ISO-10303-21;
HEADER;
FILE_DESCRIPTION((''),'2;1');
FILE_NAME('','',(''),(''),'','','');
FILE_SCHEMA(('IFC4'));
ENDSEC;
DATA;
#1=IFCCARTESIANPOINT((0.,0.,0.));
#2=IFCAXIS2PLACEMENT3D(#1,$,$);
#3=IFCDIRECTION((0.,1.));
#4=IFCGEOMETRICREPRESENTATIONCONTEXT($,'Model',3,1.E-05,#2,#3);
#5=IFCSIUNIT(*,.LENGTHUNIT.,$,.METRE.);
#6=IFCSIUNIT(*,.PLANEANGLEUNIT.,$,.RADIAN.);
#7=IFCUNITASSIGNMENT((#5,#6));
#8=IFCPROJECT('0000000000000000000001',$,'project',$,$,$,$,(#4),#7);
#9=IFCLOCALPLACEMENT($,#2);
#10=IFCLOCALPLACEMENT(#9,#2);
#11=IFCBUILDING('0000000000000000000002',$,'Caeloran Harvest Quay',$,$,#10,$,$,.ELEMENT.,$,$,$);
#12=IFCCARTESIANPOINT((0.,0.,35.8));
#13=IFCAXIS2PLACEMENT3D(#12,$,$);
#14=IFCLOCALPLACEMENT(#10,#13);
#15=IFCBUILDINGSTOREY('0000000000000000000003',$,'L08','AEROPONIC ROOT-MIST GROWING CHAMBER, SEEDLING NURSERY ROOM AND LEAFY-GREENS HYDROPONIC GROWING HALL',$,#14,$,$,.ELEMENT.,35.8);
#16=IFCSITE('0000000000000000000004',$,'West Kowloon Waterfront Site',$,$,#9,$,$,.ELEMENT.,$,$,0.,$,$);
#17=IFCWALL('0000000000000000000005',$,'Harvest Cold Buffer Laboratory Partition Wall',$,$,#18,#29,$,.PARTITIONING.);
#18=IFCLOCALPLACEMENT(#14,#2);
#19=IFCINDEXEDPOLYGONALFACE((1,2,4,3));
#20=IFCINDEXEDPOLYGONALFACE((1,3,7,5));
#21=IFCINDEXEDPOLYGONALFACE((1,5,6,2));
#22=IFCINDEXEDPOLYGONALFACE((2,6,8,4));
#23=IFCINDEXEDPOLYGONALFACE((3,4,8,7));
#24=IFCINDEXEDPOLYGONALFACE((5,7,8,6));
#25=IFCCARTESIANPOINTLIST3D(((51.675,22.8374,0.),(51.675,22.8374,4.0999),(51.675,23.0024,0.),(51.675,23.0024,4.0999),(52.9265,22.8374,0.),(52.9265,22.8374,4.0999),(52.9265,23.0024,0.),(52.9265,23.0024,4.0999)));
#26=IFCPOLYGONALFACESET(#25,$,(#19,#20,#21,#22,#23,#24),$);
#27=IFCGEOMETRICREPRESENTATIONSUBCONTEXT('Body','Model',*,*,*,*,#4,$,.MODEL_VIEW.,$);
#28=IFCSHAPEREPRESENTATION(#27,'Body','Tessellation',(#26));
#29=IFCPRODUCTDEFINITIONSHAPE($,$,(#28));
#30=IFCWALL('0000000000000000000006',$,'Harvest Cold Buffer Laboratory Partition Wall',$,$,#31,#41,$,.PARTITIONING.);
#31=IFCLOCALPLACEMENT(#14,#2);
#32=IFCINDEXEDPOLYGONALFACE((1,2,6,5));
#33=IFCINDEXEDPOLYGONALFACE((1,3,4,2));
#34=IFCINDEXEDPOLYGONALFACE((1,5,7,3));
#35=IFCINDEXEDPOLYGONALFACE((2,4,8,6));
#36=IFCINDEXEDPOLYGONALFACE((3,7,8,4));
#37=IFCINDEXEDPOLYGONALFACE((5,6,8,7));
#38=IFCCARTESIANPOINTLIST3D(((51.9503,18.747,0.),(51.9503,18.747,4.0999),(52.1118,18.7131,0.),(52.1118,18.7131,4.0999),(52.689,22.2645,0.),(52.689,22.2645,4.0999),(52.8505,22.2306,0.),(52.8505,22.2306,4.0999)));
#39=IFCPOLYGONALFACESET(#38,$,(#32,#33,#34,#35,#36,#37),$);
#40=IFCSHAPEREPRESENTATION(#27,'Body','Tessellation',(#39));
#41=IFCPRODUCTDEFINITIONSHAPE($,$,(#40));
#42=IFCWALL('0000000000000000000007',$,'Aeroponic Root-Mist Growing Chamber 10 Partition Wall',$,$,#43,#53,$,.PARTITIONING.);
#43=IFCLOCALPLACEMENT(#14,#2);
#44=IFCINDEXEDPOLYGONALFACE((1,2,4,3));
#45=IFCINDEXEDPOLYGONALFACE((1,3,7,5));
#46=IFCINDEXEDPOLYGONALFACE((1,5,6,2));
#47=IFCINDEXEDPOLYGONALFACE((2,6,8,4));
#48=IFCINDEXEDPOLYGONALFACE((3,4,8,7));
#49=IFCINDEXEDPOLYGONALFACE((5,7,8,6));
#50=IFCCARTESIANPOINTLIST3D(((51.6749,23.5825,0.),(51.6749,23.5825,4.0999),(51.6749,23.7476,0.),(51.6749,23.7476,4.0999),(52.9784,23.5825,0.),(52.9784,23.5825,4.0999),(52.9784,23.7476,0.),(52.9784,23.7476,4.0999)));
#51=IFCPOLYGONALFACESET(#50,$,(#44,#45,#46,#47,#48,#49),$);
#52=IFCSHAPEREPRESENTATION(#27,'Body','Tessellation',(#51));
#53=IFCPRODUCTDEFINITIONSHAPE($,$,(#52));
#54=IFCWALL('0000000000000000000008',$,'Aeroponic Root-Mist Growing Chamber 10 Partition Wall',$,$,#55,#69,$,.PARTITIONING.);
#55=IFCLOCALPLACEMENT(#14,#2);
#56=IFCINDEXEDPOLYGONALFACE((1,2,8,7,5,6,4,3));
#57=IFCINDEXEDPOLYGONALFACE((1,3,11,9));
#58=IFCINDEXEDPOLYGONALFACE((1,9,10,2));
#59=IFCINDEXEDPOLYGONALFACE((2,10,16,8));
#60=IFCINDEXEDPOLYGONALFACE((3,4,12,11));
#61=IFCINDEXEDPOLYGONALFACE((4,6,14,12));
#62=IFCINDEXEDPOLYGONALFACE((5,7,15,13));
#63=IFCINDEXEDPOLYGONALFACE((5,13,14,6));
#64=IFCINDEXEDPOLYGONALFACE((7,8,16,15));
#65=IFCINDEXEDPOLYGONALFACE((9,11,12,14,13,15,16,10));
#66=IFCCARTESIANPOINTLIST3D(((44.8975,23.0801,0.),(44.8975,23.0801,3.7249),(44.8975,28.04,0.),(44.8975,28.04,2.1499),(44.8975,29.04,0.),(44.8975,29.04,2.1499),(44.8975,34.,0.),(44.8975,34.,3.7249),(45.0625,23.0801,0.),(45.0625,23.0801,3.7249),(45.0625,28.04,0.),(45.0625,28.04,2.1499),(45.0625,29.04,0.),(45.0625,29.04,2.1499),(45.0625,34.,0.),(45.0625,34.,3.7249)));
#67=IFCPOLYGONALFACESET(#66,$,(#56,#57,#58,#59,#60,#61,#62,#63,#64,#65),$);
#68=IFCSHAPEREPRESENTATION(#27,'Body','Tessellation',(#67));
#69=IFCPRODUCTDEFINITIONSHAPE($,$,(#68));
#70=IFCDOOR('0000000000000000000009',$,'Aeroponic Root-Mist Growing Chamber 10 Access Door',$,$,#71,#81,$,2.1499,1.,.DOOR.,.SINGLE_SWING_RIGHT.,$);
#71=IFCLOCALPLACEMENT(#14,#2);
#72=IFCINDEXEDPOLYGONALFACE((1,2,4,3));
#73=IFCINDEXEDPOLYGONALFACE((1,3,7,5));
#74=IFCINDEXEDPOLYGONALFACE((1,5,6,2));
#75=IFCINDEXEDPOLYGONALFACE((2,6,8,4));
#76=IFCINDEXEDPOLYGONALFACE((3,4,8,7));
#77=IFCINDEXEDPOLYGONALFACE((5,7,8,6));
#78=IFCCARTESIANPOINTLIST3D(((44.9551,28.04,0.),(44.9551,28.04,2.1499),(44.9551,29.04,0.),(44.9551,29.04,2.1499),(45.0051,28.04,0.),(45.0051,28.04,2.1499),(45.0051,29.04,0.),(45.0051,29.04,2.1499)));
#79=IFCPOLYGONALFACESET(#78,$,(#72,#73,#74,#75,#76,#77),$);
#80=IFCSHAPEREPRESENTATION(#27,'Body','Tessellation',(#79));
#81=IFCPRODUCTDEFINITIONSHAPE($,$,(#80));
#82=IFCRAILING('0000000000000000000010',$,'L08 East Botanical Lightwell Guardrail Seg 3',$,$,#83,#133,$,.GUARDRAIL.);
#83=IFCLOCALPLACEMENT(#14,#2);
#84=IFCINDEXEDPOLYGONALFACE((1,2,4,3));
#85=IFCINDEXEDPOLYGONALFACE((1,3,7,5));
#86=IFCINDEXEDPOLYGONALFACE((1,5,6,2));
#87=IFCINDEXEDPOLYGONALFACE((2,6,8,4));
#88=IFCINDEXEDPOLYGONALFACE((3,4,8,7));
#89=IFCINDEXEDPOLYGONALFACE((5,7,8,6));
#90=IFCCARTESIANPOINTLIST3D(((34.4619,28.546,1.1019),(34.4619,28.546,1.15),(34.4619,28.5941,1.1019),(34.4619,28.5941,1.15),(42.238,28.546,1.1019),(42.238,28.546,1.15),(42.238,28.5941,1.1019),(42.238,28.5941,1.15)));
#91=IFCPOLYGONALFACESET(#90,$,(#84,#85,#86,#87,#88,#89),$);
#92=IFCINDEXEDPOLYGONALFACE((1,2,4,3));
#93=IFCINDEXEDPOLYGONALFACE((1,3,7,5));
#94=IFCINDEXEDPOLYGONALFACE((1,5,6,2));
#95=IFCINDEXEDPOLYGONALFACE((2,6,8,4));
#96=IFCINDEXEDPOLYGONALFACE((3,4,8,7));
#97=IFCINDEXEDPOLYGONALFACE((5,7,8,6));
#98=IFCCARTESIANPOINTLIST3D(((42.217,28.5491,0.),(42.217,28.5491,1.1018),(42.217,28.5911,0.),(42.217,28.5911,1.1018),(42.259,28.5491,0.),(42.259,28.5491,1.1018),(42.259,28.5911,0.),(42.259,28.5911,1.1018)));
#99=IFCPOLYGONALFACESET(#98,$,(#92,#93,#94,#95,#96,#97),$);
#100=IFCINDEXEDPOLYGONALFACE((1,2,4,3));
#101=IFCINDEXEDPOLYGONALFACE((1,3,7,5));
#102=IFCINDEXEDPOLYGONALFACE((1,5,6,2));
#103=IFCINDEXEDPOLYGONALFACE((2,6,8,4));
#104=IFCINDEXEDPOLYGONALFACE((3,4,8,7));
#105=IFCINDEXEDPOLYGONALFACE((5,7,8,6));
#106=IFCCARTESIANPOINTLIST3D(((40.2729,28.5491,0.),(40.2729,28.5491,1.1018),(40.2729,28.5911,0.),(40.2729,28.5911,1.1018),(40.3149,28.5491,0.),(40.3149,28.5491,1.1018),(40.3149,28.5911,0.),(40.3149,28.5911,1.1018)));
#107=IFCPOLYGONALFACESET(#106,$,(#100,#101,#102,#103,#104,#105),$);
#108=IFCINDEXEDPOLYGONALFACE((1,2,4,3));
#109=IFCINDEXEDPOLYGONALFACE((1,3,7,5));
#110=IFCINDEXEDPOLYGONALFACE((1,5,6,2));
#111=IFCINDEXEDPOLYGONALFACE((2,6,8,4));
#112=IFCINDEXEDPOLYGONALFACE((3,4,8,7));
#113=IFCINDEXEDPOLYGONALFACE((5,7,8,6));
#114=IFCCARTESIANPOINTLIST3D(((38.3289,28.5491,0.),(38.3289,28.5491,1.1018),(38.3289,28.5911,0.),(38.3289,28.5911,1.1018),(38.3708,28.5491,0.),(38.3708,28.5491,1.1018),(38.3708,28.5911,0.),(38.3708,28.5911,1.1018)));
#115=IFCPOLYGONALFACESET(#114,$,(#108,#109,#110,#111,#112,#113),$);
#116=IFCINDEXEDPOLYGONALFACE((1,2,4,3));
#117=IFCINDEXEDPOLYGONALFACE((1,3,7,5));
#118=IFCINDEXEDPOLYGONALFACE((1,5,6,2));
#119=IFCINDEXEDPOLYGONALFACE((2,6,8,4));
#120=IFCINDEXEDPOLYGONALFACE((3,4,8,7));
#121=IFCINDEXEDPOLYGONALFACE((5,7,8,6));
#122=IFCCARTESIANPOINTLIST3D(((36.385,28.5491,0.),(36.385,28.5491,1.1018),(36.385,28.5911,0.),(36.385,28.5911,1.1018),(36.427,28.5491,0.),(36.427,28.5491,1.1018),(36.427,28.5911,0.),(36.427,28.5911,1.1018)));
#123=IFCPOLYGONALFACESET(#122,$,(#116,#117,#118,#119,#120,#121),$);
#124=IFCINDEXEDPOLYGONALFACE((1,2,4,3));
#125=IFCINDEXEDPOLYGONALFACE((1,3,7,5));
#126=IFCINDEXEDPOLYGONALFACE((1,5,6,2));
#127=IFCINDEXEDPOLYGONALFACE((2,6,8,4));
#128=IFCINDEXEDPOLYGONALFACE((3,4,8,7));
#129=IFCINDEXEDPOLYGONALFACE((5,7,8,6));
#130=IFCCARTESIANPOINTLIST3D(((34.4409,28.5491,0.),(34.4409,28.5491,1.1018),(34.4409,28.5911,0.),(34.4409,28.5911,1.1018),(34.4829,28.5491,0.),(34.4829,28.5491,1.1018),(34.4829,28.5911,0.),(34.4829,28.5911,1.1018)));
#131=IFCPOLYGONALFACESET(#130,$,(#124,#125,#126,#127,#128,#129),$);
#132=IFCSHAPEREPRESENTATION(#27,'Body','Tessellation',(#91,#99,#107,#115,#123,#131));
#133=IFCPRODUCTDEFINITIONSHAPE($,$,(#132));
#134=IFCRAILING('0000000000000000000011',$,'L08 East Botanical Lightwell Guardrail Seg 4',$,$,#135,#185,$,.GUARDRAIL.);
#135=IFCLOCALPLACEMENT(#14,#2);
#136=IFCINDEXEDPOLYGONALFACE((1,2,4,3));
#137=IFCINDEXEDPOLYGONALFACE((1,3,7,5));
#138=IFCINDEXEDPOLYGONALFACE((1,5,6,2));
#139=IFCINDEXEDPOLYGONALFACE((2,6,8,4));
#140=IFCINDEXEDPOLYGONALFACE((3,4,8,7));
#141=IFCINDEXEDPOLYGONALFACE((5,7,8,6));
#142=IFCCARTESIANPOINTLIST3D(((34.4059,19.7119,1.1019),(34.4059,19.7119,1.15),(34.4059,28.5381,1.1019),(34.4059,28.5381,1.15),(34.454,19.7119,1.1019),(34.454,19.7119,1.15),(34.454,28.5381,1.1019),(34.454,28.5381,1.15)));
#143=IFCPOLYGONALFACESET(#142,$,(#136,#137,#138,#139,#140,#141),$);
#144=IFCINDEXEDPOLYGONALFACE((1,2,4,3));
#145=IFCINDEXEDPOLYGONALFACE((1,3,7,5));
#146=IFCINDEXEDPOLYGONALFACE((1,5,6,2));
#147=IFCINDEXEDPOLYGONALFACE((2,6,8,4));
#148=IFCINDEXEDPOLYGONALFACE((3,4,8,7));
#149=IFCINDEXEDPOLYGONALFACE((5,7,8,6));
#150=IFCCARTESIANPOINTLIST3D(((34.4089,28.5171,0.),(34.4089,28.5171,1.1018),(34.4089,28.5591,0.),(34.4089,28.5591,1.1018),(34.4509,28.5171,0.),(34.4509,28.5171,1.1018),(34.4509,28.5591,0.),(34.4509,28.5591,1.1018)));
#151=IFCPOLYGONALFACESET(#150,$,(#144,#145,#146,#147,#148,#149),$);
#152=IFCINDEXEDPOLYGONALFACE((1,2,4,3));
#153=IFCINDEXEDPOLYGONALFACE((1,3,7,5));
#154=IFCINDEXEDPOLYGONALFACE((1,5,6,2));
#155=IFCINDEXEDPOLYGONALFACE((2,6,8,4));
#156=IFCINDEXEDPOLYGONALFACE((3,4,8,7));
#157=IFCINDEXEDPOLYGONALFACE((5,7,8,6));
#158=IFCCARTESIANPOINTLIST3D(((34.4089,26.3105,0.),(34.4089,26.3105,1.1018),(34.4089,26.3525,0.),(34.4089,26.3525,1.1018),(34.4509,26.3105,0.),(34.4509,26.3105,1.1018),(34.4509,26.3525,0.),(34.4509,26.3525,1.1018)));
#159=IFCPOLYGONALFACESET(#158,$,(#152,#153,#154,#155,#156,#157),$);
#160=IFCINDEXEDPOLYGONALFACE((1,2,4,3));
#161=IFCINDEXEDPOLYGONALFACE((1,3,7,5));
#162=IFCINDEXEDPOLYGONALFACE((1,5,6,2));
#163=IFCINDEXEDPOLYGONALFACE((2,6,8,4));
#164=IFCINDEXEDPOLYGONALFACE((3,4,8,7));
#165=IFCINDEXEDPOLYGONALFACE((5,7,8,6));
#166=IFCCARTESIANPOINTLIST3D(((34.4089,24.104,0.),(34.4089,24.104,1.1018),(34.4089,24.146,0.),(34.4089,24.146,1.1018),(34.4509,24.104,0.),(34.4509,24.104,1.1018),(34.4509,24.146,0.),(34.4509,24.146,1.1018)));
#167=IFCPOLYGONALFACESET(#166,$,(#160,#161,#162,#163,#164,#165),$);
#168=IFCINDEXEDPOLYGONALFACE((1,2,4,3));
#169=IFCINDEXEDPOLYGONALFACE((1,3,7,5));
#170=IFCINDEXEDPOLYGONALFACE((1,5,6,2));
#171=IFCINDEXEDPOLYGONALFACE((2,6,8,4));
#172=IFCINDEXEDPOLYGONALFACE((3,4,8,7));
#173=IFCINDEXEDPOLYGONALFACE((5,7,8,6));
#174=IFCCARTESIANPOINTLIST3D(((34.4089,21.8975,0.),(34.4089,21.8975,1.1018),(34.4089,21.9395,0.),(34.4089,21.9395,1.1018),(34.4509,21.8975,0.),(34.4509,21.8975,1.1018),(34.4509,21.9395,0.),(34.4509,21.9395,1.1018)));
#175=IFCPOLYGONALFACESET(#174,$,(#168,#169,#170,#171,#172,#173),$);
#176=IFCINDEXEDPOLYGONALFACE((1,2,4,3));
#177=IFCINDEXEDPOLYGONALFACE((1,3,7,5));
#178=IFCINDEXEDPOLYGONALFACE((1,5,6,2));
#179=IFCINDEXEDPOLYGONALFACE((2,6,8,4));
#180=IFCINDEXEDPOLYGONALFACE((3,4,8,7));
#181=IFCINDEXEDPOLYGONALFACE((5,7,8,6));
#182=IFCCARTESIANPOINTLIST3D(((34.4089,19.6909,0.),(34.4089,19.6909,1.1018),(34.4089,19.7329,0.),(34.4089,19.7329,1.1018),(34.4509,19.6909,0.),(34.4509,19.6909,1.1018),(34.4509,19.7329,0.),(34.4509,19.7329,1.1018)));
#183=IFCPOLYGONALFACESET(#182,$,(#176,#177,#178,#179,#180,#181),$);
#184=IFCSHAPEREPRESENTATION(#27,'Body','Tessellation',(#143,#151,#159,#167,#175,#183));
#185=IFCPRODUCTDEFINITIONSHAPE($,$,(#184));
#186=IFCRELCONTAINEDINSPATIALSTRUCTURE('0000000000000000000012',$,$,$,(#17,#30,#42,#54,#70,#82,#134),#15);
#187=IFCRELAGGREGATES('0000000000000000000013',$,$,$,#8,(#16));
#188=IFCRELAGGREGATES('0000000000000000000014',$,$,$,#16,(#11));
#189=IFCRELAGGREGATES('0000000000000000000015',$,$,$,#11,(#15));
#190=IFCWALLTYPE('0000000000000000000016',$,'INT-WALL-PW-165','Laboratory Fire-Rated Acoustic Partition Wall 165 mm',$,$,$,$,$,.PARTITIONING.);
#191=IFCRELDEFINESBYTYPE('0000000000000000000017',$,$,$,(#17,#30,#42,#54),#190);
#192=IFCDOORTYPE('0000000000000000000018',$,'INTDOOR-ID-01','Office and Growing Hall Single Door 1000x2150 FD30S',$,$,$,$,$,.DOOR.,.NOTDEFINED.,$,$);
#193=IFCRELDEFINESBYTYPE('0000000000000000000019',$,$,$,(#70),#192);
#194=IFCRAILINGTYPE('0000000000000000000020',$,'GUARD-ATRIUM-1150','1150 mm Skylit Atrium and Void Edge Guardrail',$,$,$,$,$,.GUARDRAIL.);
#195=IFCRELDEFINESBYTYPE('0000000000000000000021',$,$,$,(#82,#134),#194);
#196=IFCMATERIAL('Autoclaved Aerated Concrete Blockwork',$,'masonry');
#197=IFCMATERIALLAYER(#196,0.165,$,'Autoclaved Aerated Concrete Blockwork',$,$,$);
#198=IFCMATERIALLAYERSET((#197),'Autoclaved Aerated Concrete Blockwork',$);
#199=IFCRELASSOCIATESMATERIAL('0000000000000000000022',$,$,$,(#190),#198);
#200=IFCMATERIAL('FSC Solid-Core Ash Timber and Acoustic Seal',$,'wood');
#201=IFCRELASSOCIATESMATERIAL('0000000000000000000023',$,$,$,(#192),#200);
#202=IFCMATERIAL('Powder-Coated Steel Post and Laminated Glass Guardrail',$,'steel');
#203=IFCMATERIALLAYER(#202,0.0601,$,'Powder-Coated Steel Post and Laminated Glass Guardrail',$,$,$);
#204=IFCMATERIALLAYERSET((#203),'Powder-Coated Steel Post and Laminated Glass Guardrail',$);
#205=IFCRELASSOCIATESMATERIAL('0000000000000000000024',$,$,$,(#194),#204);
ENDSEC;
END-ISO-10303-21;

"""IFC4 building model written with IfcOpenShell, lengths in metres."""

from ifc_helpers import new_model, si_unit, direction, frame, frame_2d, origin, origin_2d, place, context, subcontext, project, spatial, rectangle, extrude, material, layer, layer_set, type_object, element, fill, save


model = new_model("IFC4")

# Units and contexts
model_context = context("Model", 3, precision=1e-05, world=origin(), true_north=direction((0.0, 1.0)))
body_context = subcontext(model_context, "Body", "Model", "MODEL_VIEW")
ifc_project = project(units=[si_unit("LENGTHUNIT", "METRE"), si_unit("PLANEANGLEUNIT", "RADIAN")], contexts=[model_context])

# Site, building, storey
site_placement = place(None, origin())
site = spatial("IfcSite", under=ifc_project, at=site_placement, Name="West Kowloon Waterfront Site", CompositionType="ELEMENT", RefElevation=0.0)
building_placement = place(site_placement, origin())
building = spatial("IfcBuilding", under=site, at=building_placement, Name="Caeloran Harvest Quay", CompositionType="ELEMENT")
storey_placement = place(building_placement, frame((0.0, 0.0, 35.8)))
storey = spatial("IfcBuildingStorey", under=building, at=storey_placement, Name="L08", Description="AEROPONIC ROOT-MIST GROWING CHAMBER, SEEDLING NURSERY ROOM AND LEAFY-GREENS HYDROPONIC GROWING HALL", CompositionType="ELEMENT", Elevation=35.8)

# Walls
ifc_material_1 = material(Name="Autoclaved Aerated Concrete Blockwork", Category="masonry")
ifc_layer_1 = layer(ifc_material_1, 0.165, Name="Autoclaved Aerated Concrete Blockwork")
ifc_layer_set_1 = layer_set([ifc_layer_1], Name="Autoclaved Aerated Concrete Blockwork")
wall_type = type_object("IfcWallType", Name="INT-WALL-PW-165", Description="Laboratory Fire-Rated Acoustic Partition Wall 165 mm", PredefinedType="PARTITIONING", material=ifc_layer_set_1)
wall_1_placement = place(storey_placement, frame((51.675, 22.9199, 0.0), z_axis=(0.0, 0.0, 1.0), x_axis=(1.0, 0.0, 0.0)))
element("IfcWall", 1, at=wall_1_placement, inside=storey, type_object=wall_type, Name="Harvest Cold Buffer Laboratory Partition Wall", PredefinedType="PARTITIONING", context=body_context, shape_type="SweptSolid", body=[
    extrude(rectangle(XDim=1.2515, YDim=0.165, at=frame_2d((0.6257, 0.0))), origin(), (0.0, 0.0, 1.0), 4.0999),
])
wall_2_placement = place(storey_placement, frame((52.7698, 22.2476, 0.0), z_axis=(0.0, 0.0, 1.0), x_axis=(-0.205538, -0.978649, 0.0)))
element("IfcWall", 2, at=wall_2_placement, inside=storey, type_object=wall_type, Name="Harvest Cold Buffer Laboratory Partition Wall", PredefinedType="PARTITIONING", context=body_context, shape_type="SweptSolid", body=[
    extrude(rectangle(XDim=3.5942, YDim=0.165, at=frame_2d((1.7971, 0.0))), origin(), (0.0, 0.0, 1.0), 4.0999),
])
wall_3_placement = place(storey_placement, frame((52.9785, 23.665, 0.0), z_axis=(0.0, 0.0, 1.0), x_axis=(-1.0, 0.0, 0.0)))
element("IfcWall", 3, at=wall_3_placement, inside=storey, type_object=wall_type, Name="Aeroponic Root-Mist Growing Chamber 10 Partition Wall", PredefinedType="PARTITIONING", context=body_context, shape_type="SweptSolid", body=[
    extrude(rectangle(XDim=1.3035, YDim=0.165, at=frame_2d((0.6519, 0.0))), origin(), (0.0, 0.0, 1.0), 4.0999),
])

# Wall, opening, door
wall_4_placement = place(storey_placement, frame((44.98, 23.0801, 0.0), z_axis=(0.0, 0.0, 1.0), x_axis=(0.0, 1.0, 0.0)))
wall_4 = element("IfcWall", 4, at=wall_4_placement, inside=storey, type_object=wall_type, Name="Aeroponic Root-Mist Growing Chamber 10 Partition Wall", PredefinedType="PARTITIONING", context=body_context, shape_type="SweptSolid", body=[
    extrude(rectangle(XDim=10.9199, YDim=0.165, at=frame_2d((5.46, 0.0))), origin(), (0.0, 0.0, 1.0), 3.7249),
])
opening_placement = place(wall_4_placement, frame((4.96, 0.0, 0.0)))
opening = element("IfcOpeningElement", 5, at=opening_placement, cuts=wall_4, PredefinedType="OPENING", context=body_context, shape_type="SweptSolid", body=[
    extrude(rectangle(XDim=1.0, YDim=2.1499, at=frame_2d((0.5, 1.075))), frame((0.0, 0.0925, 0.0), z_axis=(0.0, -1.0, 0.0), x_axis=(1.0, 0.0, 0.0)), (0.0, 0.0, 1.0), 0.1851),
])
ifc_material_2 = material(Name="FSC Solid-Core Ash Timber and Acoustic Seal", Category="wood")
door_type = type_object("IfcDoorType", Name="INTDOOR-ID-01", Description="Office and Growing Hall Single Door 1000x2150 FD30S", OperationType="NOTDEFINED", PredefinedType="DOOR", material=ifc_material_2)
door_placement = place(opening_placement, origin())
door = element("IfcDoor", 6, at=door_placement, inside=storey, type_object=door_type, Name="Aeroponic Root-Mist Growing Chamber 10 Access Door", OperationType="SINGLE_SWING_RIGHT", OverallHeight=2.1499, OverallWidth=1.0, PredefinedType="DOOR", context=body_context, shape_type="SweptSolid", body=[
    extrude(rectangle(XDim=1.0, YDim=2.1499, at=frame_2d((0.5, 1.075))), frame((0.0, 0.0249, 0.0), z_axis=(0.0, -1.0, 0.0), x_axis=(1.0, 0.0, 0.0)), (0.0, 0.0, 1.0), 0.05),
])
fill(opening, door)

# Railings
ifc_material_3 = material(Name="Powder-Coated Steel Post and Laminated Glass Guardrail", Category="steel")
ifc_layer_2 = layer(ifc_material_3, 0.0601, Name="Powder-Coated Steel Post and Laminated Glass Guardrail")
ifc_layer_set_2 = layer_set([ifc_layer_2], Name="Powder-Coated Steel Post and Laminated Glass Guardrail")
railing_type = type_object("IfcRailingType", Name="GUARD-ATRIUM-1150", Description="1150 mm Skylit Atrium and Void Edge Guardrail", PredefinedType="GUARDRAIL", material=ifc_layer_set_2)
railing_1_placement = place(storey_placement, frame((42.238, 28.5701, 0.0)))
element("IfcRailing", 7, at=railing_1_placement, inside=storey, type_object=railing_type, Name="L08 East Botanical Lightwell Guardrail Seg 3", PredefinedType="GUARDRAIL", context=body_context, shape_type="SweptSolid", body=[
    extrude(rectangle(XDim=0.0481, YDim=0.0481, at=origin_2d()), frame((0.0, 0.0, 1.126), z_axis=(-1.0, 0.0, 0.0), x_axis=(0.0, -1.0, 0.0)), (0.0, 0.0, 1.0), 7.7761),
    extrude(rectangle(XDim=0.042, YDim=0.042, at=origin_2d()), origin(), (0.0, 0.0, 1.0), 1.1018),
    extrude(rectangle(XDim=0.042, YDim=0.042, at=origin_2d()), frame((-1.9441, 0.0, 0.0)), (0.0, 0.0, 1.0), 1.1018),
    extrude(rectangle(XDim=0.042, YDim=0.042, at=origin_2d()), frame((-3.8882, 0.0, 0.0)), (0.0, 0.0, 1.0), 1.1018),
    extrude(rectangle(XDim=0.042, YDim=0.042, at=origin_2d()), frame((-5.832, 0.0, 0.0)), (0.0, 0.0, 1.0), 1.1018),
    extrude(rectangle(XDim=0.042, YDim=0.042, at=origin_2d()), frame((-7.7761, 0.0, 0.0)), (0.0, 0.0, 1.0), 1.1018),
])
railing_2_placement = place(storey_placement, frame((34.4299, 28.5381, 0.0)))
element("IfcRailing", 8, at=railing_2_placement, inside=storey, type_object=railing_type, Name="L08 East Botanical Lightwell Guardrail Seg 4", PredefinedType="GUARDRAIL", context=body_context, shape_type="SweptSolid", body=[
    extrude(rectangle(XDim=0.0481, YDim=0.0481, at=origin_2d()), frame((0.0, 0.0, 1.126), z_axis=(0.0, -1.0, 0.0), x_axis=(1.0, 0.0, 0.0)), (0.0, 0.0, 1.0), 8.8262),
    extrude(rectangle(XDim=0.042, YDim=0.042, at=origin_2d()), origin(), (0.0, 0.0, 1.0), 1.1018),
    extrude(rectangle(XDim=0.042, YDim=0.042, at=origin_2d()), frame((0.0, -2.2065, 0.0)), (0.0, 0.0, 1.0), 1.1018),
    extrude(rectangle(XDim=0.042, YDim=0.042, at=origin_2d()), frame((0.0, -4.4131, 0.0)), (0.0, 0.0, 1.0), 1.1018),
    extrude(rectangle(XDim=0.042, YDim=0.042, at=origin_2d()), frame((0.0, -6.6196, 0.0)), (0.0, 0.0, 1.0), 1.1018),
    extrude(rectangle(XDim=0.042, YDim=0.042, at=origin_2d()), frame((0.0, -8.8262, 0.0)), (0.0, 0.0, 1.0), 1.1018),
])

save(model, "model.ifc")
